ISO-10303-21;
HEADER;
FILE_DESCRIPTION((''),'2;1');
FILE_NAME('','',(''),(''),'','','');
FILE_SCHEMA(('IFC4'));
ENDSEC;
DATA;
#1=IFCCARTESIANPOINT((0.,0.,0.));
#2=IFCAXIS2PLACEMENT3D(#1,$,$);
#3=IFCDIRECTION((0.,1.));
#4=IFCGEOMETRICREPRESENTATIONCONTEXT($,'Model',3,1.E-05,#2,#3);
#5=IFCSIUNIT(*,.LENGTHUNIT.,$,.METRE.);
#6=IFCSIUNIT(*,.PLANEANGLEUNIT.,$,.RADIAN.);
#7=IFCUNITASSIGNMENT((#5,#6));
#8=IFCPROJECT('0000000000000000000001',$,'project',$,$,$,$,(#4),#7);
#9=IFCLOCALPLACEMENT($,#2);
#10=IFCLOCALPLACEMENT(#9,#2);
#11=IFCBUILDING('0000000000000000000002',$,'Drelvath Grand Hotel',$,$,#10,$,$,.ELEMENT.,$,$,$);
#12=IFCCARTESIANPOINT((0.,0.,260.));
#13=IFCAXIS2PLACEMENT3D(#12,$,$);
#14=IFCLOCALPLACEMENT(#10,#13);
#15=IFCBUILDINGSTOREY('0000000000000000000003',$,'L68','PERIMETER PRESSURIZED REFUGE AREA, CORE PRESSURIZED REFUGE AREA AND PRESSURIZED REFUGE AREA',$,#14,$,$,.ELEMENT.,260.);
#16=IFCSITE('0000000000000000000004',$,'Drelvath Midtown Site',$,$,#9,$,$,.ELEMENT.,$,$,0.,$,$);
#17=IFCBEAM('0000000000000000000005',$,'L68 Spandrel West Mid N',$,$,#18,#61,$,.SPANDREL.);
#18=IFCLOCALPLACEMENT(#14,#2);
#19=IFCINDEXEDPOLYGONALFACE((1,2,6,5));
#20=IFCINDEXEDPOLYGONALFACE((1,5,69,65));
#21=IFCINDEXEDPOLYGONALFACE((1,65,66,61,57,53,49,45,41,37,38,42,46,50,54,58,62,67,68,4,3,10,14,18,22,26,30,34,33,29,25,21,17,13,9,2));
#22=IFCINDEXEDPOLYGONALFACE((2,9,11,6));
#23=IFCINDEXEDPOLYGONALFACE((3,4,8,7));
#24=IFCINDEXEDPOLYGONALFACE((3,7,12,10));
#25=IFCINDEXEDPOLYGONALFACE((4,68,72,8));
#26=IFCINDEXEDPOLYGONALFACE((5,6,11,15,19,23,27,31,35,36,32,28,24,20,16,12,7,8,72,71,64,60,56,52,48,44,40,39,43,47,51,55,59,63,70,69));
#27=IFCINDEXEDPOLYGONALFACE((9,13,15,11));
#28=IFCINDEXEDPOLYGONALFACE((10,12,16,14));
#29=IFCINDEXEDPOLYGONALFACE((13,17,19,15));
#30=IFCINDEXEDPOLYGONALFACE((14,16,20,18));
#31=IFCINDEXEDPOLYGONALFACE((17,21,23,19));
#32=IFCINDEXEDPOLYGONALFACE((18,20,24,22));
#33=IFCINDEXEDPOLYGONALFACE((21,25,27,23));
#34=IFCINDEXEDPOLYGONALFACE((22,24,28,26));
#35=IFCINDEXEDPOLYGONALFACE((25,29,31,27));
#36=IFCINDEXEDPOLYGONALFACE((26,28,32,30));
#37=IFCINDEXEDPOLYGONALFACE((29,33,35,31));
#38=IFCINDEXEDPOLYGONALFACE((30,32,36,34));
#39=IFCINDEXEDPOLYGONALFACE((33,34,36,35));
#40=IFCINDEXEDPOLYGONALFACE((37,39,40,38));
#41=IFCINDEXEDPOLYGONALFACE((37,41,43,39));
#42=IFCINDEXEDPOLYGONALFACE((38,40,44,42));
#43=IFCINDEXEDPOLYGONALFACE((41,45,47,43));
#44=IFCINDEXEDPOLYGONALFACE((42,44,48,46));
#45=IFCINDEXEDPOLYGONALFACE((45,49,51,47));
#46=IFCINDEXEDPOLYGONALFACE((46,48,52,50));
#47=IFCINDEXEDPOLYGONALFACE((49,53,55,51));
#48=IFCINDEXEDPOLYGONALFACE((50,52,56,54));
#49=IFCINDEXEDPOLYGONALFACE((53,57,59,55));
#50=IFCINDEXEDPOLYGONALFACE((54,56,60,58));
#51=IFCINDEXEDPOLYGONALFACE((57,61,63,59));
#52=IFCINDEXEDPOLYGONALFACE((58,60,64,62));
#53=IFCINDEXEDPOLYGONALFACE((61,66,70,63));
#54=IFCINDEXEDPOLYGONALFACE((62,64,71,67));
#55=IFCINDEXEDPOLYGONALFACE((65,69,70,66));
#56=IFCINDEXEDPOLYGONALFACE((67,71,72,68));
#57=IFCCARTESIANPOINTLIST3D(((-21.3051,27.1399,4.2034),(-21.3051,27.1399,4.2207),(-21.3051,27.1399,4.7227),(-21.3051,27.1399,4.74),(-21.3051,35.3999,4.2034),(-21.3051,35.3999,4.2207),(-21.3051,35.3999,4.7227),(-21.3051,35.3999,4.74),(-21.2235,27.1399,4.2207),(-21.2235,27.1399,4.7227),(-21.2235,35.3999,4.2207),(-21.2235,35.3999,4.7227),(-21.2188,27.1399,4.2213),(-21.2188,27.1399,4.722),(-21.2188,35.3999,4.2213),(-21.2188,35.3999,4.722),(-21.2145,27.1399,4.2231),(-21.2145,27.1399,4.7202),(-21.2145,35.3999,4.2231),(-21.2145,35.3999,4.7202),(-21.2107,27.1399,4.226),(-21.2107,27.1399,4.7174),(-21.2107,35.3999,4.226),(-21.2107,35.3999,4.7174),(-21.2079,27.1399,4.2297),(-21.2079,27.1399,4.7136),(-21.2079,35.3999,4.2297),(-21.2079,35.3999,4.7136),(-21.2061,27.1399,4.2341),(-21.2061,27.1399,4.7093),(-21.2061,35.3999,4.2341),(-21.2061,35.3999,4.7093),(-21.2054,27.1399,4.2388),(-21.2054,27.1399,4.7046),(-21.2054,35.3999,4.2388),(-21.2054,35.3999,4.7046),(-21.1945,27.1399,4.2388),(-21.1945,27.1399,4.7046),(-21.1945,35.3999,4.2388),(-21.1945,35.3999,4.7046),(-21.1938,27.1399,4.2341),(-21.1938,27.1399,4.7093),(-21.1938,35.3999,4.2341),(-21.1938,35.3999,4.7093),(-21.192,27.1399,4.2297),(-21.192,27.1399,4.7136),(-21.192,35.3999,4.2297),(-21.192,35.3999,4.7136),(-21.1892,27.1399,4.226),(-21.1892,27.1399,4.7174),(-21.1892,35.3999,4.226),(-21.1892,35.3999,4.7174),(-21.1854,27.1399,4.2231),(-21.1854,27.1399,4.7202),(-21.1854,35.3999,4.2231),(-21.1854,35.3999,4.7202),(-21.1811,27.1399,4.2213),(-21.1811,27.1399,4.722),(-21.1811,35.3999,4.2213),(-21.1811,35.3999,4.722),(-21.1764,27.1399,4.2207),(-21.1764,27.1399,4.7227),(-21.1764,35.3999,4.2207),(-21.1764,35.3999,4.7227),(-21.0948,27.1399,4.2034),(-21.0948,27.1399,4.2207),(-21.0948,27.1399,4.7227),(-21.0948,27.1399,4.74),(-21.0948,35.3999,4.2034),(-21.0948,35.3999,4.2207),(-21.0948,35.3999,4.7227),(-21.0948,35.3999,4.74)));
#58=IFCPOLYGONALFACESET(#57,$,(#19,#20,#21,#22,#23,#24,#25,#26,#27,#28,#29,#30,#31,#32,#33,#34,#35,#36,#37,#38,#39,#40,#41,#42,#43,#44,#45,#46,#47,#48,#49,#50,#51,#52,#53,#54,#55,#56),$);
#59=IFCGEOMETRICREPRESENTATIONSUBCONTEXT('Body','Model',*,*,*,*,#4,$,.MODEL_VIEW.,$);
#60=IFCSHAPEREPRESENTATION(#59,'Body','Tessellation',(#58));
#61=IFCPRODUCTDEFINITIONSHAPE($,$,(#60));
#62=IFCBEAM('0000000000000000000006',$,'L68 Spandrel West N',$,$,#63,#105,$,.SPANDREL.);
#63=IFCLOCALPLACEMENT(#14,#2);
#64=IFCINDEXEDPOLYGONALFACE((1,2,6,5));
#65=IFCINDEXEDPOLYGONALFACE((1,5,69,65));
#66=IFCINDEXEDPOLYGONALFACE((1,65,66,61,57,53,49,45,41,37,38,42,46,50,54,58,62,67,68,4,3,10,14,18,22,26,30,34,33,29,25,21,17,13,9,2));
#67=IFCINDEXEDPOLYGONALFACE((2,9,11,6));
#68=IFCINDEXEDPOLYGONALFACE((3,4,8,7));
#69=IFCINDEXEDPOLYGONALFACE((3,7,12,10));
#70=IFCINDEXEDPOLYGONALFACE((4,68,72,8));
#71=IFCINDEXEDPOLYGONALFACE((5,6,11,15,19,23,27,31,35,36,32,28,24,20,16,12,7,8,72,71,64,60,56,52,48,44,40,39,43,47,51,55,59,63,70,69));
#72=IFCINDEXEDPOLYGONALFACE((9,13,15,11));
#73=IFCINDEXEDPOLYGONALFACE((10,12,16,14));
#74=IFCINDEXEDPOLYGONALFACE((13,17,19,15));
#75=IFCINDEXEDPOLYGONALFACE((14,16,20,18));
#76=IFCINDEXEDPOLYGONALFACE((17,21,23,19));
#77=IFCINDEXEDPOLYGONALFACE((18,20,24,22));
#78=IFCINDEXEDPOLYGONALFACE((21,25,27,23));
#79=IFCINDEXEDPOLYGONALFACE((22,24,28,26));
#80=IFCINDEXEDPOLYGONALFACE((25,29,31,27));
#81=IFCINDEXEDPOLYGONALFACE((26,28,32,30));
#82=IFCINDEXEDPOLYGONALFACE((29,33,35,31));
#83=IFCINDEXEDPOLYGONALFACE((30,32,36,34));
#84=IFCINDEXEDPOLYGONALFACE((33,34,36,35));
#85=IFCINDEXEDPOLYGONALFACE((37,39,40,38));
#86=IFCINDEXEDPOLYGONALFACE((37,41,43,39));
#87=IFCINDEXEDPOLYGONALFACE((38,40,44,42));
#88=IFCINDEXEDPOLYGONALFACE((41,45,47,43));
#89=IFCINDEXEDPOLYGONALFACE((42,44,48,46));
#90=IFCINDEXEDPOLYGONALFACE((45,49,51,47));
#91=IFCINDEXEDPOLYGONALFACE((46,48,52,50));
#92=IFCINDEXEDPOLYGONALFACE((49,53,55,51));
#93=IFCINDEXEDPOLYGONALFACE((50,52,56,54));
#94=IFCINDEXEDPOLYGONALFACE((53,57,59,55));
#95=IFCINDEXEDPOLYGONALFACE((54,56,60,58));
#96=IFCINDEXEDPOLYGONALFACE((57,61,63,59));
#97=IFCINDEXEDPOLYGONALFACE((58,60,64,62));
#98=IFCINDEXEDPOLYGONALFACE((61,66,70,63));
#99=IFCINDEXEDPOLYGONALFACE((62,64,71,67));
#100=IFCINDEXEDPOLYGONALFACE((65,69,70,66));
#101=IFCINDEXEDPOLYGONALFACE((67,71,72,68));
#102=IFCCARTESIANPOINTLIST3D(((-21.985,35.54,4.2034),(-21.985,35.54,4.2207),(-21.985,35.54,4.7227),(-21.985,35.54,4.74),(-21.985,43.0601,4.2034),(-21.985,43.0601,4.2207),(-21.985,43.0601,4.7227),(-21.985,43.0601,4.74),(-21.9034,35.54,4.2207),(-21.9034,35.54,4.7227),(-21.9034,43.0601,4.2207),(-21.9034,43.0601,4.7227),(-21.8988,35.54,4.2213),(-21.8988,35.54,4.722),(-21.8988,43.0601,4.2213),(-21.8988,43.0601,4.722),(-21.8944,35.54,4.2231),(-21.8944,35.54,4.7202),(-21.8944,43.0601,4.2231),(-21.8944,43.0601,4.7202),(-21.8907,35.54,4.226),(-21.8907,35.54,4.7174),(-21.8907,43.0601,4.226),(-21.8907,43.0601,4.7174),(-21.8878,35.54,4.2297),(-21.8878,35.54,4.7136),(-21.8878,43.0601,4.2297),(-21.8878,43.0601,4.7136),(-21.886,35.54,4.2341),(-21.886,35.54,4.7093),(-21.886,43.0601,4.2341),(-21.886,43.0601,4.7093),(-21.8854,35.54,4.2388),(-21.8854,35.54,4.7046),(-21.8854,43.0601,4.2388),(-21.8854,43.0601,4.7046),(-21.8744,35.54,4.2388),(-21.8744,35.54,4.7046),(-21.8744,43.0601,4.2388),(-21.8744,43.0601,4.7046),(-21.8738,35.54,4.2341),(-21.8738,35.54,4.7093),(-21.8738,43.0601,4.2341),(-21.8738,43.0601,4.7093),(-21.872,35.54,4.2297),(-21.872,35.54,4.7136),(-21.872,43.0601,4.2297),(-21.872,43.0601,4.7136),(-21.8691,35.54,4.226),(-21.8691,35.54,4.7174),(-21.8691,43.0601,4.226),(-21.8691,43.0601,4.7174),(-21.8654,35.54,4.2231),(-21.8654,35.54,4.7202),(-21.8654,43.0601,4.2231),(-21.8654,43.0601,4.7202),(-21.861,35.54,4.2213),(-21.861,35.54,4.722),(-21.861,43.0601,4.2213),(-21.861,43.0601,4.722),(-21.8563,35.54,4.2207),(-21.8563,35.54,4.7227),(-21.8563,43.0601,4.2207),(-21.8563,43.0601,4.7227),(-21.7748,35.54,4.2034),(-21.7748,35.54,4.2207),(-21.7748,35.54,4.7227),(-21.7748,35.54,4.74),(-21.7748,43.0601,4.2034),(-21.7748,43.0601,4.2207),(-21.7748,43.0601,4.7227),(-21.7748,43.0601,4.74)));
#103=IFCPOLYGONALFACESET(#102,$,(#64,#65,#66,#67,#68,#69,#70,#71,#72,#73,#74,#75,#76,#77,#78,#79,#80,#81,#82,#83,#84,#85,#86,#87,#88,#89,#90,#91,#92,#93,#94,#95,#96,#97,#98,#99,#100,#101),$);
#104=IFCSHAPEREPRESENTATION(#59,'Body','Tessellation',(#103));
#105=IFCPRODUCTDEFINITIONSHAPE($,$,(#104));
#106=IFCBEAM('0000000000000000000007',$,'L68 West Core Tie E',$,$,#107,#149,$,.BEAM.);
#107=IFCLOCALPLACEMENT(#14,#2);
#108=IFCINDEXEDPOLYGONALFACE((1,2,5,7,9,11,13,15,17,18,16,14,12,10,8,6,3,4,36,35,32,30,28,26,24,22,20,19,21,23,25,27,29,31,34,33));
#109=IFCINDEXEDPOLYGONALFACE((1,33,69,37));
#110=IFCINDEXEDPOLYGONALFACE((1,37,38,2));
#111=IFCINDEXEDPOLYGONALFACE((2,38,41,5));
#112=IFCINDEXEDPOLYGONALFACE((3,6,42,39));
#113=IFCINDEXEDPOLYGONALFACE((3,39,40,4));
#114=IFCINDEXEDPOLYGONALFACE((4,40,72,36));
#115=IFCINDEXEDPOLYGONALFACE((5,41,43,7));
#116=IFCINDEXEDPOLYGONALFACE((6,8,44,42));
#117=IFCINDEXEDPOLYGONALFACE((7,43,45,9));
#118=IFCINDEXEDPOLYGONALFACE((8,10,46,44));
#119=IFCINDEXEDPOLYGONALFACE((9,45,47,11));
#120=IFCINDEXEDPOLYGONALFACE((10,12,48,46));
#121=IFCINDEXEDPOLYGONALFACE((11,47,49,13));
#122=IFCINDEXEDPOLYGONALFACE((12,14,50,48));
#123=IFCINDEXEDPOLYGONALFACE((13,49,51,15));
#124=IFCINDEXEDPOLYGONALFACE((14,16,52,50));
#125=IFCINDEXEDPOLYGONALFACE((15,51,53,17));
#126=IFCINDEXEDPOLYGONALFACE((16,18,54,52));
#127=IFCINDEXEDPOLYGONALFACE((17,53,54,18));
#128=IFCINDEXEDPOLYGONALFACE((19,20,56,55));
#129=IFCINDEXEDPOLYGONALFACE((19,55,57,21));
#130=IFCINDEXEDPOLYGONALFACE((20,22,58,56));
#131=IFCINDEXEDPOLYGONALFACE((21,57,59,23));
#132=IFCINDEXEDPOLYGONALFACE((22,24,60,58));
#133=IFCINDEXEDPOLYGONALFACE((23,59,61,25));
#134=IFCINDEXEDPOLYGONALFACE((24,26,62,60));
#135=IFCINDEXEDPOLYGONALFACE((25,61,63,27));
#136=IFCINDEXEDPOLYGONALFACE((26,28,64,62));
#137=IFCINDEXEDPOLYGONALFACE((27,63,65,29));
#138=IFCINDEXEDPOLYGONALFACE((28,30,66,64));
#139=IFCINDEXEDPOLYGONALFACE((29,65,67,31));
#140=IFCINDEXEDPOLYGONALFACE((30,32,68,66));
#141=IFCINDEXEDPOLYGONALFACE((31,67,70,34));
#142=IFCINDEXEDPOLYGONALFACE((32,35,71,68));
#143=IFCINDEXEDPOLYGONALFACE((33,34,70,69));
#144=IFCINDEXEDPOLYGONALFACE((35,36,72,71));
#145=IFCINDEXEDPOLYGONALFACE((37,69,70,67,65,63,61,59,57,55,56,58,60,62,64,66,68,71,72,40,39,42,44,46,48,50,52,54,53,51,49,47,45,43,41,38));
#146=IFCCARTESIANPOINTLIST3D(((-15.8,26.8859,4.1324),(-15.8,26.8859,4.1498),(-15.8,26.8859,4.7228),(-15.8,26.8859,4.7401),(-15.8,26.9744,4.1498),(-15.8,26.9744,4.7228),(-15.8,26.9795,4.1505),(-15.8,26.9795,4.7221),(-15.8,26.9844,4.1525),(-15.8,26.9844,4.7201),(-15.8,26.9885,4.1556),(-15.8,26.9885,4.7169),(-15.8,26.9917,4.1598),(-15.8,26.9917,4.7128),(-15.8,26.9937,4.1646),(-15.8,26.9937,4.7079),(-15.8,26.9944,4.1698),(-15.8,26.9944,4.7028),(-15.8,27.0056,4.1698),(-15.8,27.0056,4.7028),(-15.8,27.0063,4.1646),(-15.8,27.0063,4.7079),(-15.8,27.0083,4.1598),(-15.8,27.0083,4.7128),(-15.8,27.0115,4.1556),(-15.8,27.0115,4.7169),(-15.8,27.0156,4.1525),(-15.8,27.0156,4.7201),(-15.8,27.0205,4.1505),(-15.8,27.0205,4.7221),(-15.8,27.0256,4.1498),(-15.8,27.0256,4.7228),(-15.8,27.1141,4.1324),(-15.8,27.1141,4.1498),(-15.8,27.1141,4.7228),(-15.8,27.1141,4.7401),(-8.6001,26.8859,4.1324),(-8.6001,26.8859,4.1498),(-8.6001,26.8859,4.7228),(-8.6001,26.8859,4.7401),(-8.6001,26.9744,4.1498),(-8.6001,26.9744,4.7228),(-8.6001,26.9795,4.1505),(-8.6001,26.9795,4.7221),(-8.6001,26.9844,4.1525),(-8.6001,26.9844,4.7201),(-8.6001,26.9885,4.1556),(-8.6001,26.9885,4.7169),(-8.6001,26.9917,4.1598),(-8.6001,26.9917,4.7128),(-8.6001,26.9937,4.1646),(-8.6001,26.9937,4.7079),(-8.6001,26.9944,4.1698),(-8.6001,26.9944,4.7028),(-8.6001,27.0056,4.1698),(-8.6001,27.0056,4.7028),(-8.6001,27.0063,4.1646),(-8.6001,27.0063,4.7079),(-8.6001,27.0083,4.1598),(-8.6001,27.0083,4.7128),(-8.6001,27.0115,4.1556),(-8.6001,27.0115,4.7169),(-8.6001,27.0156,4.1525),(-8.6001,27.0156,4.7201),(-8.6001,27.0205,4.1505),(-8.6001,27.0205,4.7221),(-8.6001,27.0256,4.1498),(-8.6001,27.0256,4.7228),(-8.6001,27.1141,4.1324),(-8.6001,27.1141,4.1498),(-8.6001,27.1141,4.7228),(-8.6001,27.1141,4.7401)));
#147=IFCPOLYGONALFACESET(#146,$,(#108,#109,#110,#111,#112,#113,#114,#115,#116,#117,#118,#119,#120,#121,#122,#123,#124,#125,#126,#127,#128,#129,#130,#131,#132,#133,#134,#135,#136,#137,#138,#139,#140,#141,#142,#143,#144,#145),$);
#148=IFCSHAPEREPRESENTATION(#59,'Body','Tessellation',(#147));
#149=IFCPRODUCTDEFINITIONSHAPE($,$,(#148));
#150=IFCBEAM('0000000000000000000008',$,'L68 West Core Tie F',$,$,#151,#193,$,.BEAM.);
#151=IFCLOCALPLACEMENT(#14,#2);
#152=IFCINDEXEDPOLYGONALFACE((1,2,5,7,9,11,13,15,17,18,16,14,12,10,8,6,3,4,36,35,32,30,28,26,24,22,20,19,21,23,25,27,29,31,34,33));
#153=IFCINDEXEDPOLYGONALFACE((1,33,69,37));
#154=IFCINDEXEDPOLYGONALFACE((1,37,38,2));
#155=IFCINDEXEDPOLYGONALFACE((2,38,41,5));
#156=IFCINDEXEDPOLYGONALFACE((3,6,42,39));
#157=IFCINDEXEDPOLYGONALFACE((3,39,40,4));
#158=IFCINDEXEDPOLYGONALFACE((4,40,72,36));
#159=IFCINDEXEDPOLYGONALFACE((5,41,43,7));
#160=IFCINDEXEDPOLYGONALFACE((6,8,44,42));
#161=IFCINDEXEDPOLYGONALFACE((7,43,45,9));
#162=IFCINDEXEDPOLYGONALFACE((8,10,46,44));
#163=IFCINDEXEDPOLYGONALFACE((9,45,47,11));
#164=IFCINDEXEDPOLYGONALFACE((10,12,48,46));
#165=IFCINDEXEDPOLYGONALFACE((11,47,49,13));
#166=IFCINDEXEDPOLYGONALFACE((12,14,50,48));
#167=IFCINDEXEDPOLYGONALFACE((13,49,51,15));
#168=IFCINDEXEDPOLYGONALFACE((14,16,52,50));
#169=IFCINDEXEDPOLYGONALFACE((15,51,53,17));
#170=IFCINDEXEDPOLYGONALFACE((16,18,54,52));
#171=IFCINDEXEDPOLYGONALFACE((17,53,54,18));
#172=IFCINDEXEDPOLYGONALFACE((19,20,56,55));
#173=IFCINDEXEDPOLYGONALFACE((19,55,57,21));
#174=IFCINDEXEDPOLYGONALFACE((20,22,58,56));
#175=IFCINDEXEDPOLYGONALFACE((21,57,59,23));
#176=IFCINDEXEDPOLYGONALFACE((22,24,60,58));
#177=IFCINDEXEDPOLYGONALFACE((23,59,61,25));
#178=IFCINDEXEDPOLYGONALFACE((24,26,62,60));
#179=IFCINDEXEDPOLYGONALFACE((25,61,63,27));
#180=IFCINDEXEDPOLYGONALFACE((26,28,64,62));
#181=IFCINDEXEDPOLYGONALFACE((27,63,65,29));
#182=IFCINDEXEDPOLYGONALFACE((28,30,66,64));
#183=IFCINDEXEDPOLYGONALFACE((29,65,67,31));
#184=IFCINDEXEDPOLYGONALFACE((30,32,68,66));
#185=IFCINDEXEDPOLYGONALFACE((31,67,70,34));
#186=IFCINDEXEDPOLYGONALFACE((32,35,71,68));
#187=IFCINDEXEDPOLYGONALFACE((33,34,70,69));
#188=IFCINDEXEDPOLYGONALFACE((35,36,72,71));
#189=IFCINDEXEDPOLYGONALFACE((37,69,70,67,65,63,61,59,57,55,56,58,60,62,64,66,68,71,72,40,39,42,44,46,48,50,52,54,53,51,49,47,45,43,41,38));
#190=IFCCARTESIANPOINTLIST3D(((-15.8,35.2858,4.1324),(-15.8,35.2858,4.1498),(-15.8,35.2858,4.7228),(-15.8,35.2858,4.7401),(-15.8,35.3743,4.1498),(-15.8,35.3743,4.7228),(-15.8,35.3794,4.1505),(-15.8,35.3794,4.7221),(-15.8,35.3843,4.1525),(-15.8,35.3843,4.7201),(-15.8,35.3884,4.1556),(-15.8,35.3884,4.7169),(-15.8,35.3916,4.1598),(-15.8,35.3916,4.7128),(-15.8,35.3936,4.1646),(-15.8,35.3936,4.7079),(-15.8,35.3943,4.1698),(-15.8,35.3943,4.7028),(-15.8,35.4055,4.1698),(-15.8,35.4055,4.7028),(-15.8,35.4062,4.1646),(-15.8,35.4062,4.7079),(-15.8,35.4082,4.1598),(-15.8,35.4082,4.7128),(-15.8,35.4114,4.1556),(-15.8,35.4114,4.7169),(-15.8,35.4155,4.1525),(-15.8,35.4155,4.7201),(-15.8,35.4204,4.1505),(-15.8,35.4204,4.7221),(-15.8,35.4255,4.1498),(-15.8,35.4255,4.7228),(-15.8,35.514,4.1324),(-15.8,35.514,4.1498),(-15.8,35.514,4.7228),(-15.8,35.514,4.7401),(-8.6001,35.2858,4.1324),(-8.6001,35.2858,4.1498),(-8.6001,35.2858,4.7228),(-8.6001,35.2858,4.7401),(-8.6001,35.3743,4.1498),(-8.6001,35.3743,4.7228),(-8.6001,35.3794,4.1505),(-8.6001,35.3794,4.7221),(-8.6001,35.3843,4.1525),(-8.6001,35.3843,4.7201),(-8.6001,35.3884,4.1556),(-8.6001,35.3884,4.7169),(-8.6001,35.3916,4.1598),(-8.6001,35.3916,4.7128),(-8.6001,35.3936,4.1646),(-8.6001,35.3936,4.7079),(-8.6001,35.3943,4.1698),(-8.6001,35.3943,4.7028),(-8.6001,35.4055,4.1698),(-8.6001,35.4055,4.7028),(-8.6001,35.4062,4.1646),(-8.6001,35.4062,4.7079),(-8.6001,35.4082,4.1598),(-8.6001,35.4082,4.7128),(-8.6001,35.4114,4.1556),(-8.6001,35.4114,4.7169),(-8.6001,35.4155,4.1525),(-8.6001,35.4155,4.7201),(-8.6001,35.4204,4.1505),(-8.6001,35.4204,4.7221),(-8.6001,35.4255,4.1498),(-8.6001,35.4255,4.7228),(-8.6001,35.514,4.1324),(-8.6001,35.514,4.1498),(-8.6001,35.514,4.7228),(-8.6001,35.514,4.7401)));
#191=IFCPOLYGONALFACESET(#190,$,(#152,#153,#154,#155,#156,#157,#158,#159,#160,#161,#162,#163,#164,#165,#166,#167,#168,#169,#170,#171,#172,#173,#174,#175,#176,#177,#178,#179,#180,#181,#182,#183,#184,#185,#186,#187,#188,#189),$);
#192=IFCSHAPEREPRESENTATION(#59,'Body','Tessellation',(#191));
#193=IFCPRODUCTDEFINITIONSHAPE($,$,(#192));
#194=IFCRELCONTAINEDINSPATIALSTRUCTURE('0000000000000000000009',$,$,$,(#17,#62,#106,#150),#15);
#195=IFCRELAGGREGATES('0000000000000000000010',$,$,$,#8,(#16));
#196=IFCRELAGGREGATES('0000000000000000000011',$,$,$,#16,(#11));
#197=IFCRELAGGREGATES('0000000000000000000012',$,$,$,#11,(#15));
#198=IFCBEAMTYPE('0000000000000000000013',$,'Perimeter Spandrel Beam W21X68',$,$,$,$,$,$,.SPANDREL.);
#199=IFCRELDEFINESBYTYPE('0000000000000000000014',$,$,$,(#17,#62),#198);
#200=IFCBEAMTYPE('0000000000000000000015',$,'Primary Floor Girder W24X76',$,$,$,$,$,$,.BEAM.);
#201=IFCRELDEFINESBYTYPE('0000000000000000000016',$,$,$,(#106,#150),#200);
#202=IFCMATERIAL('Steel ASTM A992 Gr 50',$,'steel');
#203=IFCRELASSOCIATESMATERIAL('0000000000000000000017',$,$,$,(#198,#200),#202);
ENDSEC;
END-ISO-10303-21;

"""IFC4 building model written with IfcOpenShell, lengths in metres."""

from ifc_helpers import new_model, si_unit, direction, frame, origin, origin_2d, place, context, subcontext, project, spatial, i_section, extrude, material, material_profile, profile_set, type_object, element, save


model = new_model("IFC4")

# Units and contexts
model_context = context("Model", 3, precision=1e-05, world=origin(), true_north=direction((0.0, 1.0)))
body_context = subcontext(model_context, "Body", "Model", "MODEL_VIEW")
ifc_project = project(units=[si_unit("LENGTHUNIT", "METRE"), si_unit("PLANEANGLEUNIT", "RADIAN")], contexts=[model_context])

# Site, building, storey
site_placement = place(None, origin())
site = spatial("IfcSite", under=ifc_project, at=site_placement, Name="Drelvath Midtown Site", CompositionType="ELEMENT", RefElevation=0.0)
building_placement = place(site_placement, origin())
building = spatial("IfcBuilding", under=site, at=building_placement, Name="Drelvath Grand Hotel", CompositionType="ELEMENT")
storey_placement = place(building_placement, frame((0.0, 0.0, 260.0)))
storey = spatial("IfcBuildingStorey", under=building, at=storey_placement, Name="L68", Description="PERIMETER PRESSURIZED REFUGE AREA, CORE PRESSURIZED REFUGE AREA AND PRESSURIZED REFUGE AREA", CompositionType="ELEMENT", Elevation=260.0)

# Beams
ifc_material_1 = material(Name="Steel ASTM A992 Gr 50", Category="steel")
ifc_material_profile_1 = material_profile(ifc_material_1, i_section(OverallWidth=0.2102, OverallDepth=0.5366, WebThickness=0.011, FlangeThickness=0.0173, FilletRadius=0.0181, at=origin_2d()), Name="W21X68")
ifc_profile_set_1 = profile_set([ifc_material_profile_1], Name="Steel ASTM A992 Gr 50")
beam_type_1 = type_object("IfcBeamType", Name="Perimeter Spandrel Beam W21X68", PredefinedType="SPANDREL", material=ifc_profile_set_1)
beam_1_placement = place(storey_placement, frame((-21.2, 27.1399, 4.4717), z_axis=(0.0, 1.0, 0.0), x_axis=(-1.0, 0.0, 0.0)))
element("IfcBeam", 1, at=beam_1_placement, inside=storey, type_object=beam_type_1, Name="L68 Spandrel West Mid N", PredefinedType="SPANDREL", context=body_context, shape_type="SweptSolid", body=[
    extrude(i_section(OverallWidth=0.2102, OverallDepth=0.5366, WebThickness=0.011, FlangeThickness=0.0173, FilletRadius=0.0181, at=origin_2d()), origin(), (0.0, 0.0, 1.0), 8.26),
])
beam_2_placement = place(storey_placement, frame((-21.8799, 35.54, 4.4717), z_axis=(0.0, 1.0, 0.0), x_axis=(-1.0, 0.0, 0.0)))
element("IfcBeam", 2, at=beam_2_placement, inside=storey, type_object=beam_type_1, Name="L68 Spandrel West N", PredefinedType="SPANDREL", context=body_context, shape_type="SweptSolid", body=[
    extrude(i_section(OverallWidth=0.2102, OverallDepth=0.5366, WebThickness=0.011, FlangeThickness=0.0173, FilletRadius=0.0181, at=origin_2d()), origin(), (0.0, 0.0, 1.0), 7.52),
])
ifc_material_profile_2 = material_profile(ifc_material_1, i_section(OverallWidth=0.2283, OverallDepth=0.6077, WebThickness=0.0112, FlangeThickness=0.0173, FilletRadius=0.02, at=origin_2d()), Name="W24X76")
ifc_profile_set_2 = profile_set([ifc_material_profile_2], Name="Steel ASTM A992 Gr 50")
beam_type_2 = type_object("IfcBeamType", Name="Primary Floor Girder W24X76", PredefinedType="BEAM", material=ifc_profile_set_2)
for number, where, z_axis, x_axis, name in (
    (3, (-15.8, 27.0, 4.4363), (1.0, 0.0, 0.0), (0.0, 1.0, 0.0), "L68 West Core Tie E"),
    (4, (-15.8, 35.3999, 4.4363), (1.0, 0.0, 0.0), (0.0, 1.0, 0.0), "L68 West Core Tie F"),
):
    element("IfcBeam", number, at=place(storey_placement, frame(where, z_axis=z_axis, x_axis=x_axis)), inside=storey, type_object=beam_type_2, Name=name, PredefinedType="BEAM", context=body_context, shape_type="SweptSolid", body=[
        extrude(i_section(OverallWidth=0.2283, OverallDepth=0.6077, WebThickness=0.0112, FlangeThickness=0.0173, FilletRadius=0.02, at=origin_2d()), origin(), (0.0, 0.0, 1.0), 7.2),
    ])

save(model, "model.ifc")
